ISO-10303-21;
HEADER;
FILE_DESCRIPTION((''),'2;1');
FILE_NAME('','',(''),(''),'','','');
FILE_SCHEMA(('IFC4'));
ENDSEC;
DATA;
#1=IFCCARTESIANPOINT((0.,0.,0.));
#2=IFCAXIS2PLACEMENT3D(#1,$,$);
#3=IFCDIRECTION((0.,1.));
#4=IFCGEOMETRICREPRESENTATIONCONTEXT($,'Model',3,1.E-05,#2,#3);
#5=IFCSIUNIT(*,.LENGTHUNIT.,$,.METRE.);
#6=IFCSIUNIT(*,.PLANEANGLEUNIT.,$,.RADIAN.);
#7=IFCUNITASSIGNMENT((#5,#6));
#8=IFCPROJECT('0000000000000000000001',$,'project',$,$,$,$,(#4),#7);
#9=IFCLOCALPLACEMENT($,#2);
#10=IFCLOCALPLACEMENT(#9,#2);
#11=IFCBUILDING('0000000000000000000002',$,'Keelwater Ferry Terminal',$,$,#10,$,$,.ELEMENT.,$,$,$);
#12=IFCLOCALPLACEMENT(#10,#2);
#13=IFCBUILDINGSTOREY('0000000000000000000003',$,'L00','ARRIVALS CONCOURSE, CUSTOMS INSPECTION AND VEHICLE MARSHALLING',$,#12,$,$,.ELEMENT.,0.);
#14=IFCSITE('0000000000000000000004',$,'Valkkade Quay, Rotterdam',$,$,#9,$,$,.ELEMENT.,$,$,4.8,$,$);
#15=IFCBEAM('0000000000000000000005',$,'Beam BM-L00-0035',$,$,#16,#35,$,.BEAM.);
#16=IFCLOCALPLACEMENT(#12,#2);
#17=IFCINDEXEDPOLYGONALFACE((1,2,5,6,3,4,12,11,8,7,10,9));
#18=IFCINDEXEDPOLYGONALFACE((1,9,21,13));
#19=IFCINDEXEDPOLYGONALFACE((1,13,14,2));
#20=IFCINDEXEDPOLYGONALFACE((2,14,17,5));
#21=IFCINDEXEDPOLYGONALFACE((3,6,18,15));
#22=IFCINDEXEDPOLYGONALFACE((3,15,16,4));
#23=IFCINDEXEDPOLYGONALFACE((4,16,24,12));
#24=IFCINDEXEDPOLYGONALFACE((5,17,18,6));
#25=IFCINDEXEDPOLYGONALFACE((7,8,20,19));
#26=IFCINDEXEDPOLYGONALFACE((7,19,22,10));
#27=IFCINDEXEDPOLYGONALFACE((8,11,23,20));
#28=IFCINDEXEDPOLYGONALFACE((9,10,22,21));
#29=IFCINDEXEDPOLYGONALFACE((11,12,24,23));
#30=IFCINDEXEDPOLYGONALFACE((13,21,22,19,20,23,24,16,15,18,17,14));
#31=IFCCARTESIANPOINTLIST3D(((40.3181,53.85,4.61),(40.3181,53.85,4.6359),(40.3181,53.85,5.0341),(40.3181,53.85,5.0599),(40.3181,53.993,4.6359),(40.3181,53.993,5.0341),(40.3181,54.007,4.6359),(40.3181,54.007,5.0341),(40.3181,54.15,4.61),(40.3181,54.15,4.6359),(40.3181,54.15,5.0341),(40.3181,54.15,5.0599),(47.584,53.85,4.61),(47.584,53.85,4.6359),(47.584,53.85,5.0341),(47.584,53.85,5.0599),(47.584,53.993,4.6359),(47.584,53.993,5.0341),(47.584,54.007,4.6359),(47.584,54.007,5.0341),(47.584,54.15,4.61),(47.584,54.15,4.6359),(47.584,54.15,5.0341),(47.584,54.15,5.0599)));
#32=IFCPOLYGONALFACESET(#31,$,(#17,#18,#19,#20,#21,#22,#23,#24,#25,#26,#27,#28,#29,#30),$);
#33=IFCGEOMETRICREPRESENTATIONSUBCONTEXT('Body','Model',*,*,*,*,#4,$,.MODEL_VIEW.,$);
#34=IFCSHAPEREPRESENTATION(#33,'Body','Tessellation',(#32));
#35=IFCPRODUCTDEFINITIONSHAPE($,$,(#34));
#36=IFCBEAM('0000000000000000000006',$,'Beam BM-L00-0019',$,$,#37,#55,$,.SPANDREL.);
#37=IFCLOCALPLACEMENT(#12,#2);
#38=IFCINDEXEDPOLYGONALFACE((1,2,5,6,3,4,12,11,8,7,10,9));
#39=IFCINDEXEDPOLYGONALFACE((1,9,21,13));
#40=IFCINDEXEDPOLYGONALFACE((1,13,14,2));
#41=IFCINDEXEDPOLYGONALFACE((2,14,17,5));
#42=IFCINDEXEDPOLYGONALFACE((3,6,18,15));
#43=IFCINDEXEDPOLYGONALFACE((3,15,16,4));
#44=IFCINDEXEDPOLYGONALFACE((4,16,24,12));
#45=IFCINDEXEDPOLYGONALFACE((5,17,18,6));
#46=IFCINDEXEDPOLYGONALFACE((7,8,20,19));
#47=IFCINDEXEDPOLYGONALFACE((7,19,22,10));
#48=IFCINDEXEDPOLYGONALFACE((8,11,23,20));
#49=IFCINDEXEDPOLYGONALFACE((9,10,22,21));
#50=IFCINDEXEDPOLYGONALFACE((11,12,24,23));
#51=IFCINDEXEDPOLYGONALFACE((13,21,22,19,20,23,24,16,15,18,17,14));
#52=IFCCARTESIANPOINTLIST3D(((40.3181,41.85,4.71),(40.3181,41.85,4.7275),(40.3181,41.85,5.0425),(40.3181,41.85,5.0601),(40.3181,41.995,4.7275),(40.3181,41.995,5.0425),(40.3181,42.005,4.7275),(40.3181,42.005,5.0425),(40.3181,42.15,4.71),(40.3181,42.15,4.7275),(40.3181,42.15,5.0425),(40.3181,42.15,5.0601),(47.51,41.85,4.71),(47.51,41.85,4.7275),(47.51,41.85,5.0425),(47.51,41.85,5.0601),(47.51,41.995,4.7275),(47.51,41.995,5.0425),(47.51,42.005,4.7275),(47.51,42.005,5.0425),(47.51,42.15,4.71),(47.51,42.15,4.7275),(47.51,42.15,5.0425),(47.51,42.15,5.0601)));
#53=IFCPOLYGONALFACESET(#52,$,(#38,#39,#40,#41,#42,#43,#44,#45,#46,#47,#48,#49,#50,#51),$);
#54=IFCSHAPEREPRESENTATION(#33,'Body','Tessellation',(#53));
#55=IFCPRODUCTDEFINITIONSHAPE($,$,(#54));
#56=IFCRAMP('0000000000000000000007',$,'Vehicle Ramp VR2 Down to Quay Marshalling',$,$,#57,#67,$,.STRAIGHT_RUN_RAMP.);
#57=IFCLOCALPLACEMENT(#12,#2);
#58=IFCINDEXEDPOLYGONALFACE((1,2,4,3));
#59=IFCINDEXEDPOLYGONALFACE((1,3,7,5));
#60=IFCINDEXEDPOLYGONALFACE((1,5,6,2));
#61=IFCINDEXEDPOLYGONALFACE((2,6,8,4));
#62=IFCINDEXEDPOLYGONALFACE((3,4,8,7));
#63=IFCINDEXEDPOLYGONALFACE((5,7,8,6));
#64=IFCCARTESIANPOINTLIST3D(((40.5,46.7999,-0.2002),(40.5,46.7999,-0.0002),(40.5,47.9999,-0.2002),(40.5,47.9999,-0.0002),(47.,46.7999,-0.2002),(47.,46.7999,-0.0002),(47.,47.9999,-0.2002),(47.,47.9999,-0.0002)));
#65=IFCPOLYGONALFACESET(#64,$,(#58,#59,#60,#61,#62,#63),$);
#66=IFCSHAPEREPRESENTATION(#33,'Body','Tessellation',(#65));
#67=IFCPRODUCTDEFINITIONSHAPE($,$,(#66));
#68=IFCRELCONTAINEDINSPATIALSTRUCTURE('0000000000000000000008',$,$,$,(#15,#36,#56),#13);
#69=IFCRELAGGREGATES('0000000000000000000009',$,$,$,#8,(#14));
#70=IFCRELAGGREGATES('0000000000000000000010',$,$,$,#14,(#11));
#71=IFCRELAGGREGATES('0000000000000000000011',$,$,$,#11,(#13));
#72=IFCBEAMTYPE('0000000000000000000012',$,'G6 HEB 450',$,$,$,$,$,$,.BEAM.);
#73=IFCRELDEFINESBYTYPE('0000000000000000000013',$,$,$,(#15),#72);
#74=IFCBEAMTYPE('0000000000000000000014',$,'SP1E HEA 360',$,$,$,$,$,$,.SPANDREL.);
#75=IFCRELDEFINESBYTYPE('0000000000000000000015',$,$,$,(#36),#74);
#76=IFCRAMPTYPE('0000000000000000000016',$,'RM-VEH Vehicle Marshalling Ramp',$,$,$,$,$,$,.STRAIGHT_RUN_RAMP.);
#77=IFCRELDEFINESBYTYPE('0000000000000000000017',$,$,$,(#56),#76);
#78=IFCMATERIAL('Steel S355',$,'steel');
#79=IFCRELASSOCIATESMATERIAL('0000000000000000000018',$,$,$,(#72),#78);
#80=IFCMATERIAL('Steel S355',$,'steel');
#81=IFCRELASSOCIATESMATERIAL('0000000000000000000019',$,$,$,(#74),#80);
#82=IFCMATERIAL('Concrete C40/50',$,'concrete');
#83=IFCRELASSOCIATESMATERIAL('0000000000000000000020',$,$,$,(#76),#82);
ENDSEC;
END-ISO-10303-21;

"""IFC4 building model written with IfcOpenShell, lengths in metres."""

from ifc_helpers import new_model, si_unit, direction, frame, origin, origin_2d, place, context, subcontext, project, spatial, rectangle, i_section, extrude, material, material_profile, profile_set, type_object, element, save


model = new_model("IFC4")

# Units and contexts
model_context = context("Model", 3, precision=1e-05, world=origin(), true_north=direction((0.0, 1.0)))
body_context = subcontext(model_context, "Body", "Model", "MODEL_VIEW")
ifc_project = project(units=[si_unit("LENGTHUNIT", "METRE"), si_unit("PLANEANGLEUNIT", "RADIAN")], contexts=[model_context])

# Site, building, storey
site_placement = place(None, origin())
site = spatial("IfcSite", under=ifc_project, at=site_placement, Name="Valkkade Quay, Rotterdam", CompositionType="ELEMENT", RefElevation=4.8)
building_placement = place(site_placement, origin())
building = spatial("IfcBuilding", under=site, at=building_placement, Name="Keelwater Ferry Terminal", CompositionType="ELEMENT")
storey_placement = place(building_placement, origin())
storey = spatial("IfcBuildingStorey", under=building, at=storey_placement, Name="L00", Description="ARRIVALS CONCOURSE, CUSTOMS INSPECTION AND VEHICLE MARSHALLING", CompositionType="ELEMENT", Elevation=0.0)

# Beams
ifc_material_1 = material(Name="Steel S355", Category="steel")
ifc_material_profile_1 = material_profile(ifc_material_1, i_section(OverallWidth=0.3, OverallDepth=0.45, WebThickness=0.0139, FlangeThickness=0.0259, at=origin_2d()), Name="HEB 450")
ifc_profile_set_1 = profile_set([ifc_material_profile_1], Name="Steel S355")
beam_type_1 = type_object("IfcBeamType", Name="G6 HEB 450", PredefinedType="BEAM", material=ifc_profile_set_1)
beam_1_placement = place(storey_placement, frame((40.3181, 54.0, 4.835), z_axis=(1.0, 0.0, 0.0), x_axis=(0.0, 1.0, 0.0)))
element("IfcBeam", 1, at=beam_1_placement, inside=storey, type_object=beam_type_1, Name="Beam BM-L00-0035", PredefinedType="BEAM", context=body_context, shape_type="SweptSolid", body=[
    extrude(i_section(OverallWidth=0.3, OverallDepth=0.45, WebThickness=0.0139, FlangeThickness=0.0259, at=origin_2d()), origin(), (0.0, 0.0, 1.0), 7.2659),
])
ifc_material_2 = material(Name="Steel S355", Category="steel")
ifc_material_profile_2 = material_profile(ifc_material_2, i_section(OverallWidth=0.3, OverallDepth=0.3501, WebThickness=0.01, FlangeThickness=0.0176, at=origin_2d()), Name="HEA 360")
ifc_profile_set_2 = profile_set([ifc_material_profile_2], Name="Steel S355")
beam_type_2 = type_object("IfcBeamType", Name="SP1E HEA 360", PredefinedType="SPANDREL", material=ifc_profile_set_2)
beam_2_placement = place(storey_placement, frame((40.3181, 42.0, 4.885), z_axis=(1.0, 0.0, 0.0), x_axis=(0.0, 1.0, 0.0)))
element("IfcBeam", 2, at=beam_2_placement, inside=storey, type_object=beam_type_2, Name="Beam BM-L00-0019", PredefinedType="SPANDREL", context=body_context, shape_type="SweptSolid", body=[
    extrude(i_section(OverallWidth=0.3, OverallDepth=0.3501, WebThickness=0.01, FlangeThickness=0.0176, at=origin_2d()), origin(), (0.0, 0.0, 1.0), 7.1919),
])

# Ramp
ifc_material_3 = material(Name="Concrete C40/50", Category="concrete")
ramp_type = type_object("IfcRampType", Name="RM-VEH Vehicle Marshalling Ramp", PredefinedType="STRAIGHT_RUN_RAMP", material=ifc_material_3)
ramp_placement = place(storey_placement, frame((43.75, 47.3999, -0.2002), z_axis=(0.0, 0.0, 1.0), x_axis=(1.0, 0.0, 0.0)))
element("IfcRamp", 3, at=ramp_placement, inside=storey, type_object=ramp_type, Name="Vehicle Ramp VR2 Down to Quay Marshalling", PredefinedType="STRAIGHT_RUN_RAMP", context=body_context, shape_type="SweptSolid", body=[
    extrude(rectangle(XDim=6.5, YDim=1.2, at=origin_2d()), origin(), (0.0, 0.0, 1.0), 0.2),
])

save(model, "model.ifc")
